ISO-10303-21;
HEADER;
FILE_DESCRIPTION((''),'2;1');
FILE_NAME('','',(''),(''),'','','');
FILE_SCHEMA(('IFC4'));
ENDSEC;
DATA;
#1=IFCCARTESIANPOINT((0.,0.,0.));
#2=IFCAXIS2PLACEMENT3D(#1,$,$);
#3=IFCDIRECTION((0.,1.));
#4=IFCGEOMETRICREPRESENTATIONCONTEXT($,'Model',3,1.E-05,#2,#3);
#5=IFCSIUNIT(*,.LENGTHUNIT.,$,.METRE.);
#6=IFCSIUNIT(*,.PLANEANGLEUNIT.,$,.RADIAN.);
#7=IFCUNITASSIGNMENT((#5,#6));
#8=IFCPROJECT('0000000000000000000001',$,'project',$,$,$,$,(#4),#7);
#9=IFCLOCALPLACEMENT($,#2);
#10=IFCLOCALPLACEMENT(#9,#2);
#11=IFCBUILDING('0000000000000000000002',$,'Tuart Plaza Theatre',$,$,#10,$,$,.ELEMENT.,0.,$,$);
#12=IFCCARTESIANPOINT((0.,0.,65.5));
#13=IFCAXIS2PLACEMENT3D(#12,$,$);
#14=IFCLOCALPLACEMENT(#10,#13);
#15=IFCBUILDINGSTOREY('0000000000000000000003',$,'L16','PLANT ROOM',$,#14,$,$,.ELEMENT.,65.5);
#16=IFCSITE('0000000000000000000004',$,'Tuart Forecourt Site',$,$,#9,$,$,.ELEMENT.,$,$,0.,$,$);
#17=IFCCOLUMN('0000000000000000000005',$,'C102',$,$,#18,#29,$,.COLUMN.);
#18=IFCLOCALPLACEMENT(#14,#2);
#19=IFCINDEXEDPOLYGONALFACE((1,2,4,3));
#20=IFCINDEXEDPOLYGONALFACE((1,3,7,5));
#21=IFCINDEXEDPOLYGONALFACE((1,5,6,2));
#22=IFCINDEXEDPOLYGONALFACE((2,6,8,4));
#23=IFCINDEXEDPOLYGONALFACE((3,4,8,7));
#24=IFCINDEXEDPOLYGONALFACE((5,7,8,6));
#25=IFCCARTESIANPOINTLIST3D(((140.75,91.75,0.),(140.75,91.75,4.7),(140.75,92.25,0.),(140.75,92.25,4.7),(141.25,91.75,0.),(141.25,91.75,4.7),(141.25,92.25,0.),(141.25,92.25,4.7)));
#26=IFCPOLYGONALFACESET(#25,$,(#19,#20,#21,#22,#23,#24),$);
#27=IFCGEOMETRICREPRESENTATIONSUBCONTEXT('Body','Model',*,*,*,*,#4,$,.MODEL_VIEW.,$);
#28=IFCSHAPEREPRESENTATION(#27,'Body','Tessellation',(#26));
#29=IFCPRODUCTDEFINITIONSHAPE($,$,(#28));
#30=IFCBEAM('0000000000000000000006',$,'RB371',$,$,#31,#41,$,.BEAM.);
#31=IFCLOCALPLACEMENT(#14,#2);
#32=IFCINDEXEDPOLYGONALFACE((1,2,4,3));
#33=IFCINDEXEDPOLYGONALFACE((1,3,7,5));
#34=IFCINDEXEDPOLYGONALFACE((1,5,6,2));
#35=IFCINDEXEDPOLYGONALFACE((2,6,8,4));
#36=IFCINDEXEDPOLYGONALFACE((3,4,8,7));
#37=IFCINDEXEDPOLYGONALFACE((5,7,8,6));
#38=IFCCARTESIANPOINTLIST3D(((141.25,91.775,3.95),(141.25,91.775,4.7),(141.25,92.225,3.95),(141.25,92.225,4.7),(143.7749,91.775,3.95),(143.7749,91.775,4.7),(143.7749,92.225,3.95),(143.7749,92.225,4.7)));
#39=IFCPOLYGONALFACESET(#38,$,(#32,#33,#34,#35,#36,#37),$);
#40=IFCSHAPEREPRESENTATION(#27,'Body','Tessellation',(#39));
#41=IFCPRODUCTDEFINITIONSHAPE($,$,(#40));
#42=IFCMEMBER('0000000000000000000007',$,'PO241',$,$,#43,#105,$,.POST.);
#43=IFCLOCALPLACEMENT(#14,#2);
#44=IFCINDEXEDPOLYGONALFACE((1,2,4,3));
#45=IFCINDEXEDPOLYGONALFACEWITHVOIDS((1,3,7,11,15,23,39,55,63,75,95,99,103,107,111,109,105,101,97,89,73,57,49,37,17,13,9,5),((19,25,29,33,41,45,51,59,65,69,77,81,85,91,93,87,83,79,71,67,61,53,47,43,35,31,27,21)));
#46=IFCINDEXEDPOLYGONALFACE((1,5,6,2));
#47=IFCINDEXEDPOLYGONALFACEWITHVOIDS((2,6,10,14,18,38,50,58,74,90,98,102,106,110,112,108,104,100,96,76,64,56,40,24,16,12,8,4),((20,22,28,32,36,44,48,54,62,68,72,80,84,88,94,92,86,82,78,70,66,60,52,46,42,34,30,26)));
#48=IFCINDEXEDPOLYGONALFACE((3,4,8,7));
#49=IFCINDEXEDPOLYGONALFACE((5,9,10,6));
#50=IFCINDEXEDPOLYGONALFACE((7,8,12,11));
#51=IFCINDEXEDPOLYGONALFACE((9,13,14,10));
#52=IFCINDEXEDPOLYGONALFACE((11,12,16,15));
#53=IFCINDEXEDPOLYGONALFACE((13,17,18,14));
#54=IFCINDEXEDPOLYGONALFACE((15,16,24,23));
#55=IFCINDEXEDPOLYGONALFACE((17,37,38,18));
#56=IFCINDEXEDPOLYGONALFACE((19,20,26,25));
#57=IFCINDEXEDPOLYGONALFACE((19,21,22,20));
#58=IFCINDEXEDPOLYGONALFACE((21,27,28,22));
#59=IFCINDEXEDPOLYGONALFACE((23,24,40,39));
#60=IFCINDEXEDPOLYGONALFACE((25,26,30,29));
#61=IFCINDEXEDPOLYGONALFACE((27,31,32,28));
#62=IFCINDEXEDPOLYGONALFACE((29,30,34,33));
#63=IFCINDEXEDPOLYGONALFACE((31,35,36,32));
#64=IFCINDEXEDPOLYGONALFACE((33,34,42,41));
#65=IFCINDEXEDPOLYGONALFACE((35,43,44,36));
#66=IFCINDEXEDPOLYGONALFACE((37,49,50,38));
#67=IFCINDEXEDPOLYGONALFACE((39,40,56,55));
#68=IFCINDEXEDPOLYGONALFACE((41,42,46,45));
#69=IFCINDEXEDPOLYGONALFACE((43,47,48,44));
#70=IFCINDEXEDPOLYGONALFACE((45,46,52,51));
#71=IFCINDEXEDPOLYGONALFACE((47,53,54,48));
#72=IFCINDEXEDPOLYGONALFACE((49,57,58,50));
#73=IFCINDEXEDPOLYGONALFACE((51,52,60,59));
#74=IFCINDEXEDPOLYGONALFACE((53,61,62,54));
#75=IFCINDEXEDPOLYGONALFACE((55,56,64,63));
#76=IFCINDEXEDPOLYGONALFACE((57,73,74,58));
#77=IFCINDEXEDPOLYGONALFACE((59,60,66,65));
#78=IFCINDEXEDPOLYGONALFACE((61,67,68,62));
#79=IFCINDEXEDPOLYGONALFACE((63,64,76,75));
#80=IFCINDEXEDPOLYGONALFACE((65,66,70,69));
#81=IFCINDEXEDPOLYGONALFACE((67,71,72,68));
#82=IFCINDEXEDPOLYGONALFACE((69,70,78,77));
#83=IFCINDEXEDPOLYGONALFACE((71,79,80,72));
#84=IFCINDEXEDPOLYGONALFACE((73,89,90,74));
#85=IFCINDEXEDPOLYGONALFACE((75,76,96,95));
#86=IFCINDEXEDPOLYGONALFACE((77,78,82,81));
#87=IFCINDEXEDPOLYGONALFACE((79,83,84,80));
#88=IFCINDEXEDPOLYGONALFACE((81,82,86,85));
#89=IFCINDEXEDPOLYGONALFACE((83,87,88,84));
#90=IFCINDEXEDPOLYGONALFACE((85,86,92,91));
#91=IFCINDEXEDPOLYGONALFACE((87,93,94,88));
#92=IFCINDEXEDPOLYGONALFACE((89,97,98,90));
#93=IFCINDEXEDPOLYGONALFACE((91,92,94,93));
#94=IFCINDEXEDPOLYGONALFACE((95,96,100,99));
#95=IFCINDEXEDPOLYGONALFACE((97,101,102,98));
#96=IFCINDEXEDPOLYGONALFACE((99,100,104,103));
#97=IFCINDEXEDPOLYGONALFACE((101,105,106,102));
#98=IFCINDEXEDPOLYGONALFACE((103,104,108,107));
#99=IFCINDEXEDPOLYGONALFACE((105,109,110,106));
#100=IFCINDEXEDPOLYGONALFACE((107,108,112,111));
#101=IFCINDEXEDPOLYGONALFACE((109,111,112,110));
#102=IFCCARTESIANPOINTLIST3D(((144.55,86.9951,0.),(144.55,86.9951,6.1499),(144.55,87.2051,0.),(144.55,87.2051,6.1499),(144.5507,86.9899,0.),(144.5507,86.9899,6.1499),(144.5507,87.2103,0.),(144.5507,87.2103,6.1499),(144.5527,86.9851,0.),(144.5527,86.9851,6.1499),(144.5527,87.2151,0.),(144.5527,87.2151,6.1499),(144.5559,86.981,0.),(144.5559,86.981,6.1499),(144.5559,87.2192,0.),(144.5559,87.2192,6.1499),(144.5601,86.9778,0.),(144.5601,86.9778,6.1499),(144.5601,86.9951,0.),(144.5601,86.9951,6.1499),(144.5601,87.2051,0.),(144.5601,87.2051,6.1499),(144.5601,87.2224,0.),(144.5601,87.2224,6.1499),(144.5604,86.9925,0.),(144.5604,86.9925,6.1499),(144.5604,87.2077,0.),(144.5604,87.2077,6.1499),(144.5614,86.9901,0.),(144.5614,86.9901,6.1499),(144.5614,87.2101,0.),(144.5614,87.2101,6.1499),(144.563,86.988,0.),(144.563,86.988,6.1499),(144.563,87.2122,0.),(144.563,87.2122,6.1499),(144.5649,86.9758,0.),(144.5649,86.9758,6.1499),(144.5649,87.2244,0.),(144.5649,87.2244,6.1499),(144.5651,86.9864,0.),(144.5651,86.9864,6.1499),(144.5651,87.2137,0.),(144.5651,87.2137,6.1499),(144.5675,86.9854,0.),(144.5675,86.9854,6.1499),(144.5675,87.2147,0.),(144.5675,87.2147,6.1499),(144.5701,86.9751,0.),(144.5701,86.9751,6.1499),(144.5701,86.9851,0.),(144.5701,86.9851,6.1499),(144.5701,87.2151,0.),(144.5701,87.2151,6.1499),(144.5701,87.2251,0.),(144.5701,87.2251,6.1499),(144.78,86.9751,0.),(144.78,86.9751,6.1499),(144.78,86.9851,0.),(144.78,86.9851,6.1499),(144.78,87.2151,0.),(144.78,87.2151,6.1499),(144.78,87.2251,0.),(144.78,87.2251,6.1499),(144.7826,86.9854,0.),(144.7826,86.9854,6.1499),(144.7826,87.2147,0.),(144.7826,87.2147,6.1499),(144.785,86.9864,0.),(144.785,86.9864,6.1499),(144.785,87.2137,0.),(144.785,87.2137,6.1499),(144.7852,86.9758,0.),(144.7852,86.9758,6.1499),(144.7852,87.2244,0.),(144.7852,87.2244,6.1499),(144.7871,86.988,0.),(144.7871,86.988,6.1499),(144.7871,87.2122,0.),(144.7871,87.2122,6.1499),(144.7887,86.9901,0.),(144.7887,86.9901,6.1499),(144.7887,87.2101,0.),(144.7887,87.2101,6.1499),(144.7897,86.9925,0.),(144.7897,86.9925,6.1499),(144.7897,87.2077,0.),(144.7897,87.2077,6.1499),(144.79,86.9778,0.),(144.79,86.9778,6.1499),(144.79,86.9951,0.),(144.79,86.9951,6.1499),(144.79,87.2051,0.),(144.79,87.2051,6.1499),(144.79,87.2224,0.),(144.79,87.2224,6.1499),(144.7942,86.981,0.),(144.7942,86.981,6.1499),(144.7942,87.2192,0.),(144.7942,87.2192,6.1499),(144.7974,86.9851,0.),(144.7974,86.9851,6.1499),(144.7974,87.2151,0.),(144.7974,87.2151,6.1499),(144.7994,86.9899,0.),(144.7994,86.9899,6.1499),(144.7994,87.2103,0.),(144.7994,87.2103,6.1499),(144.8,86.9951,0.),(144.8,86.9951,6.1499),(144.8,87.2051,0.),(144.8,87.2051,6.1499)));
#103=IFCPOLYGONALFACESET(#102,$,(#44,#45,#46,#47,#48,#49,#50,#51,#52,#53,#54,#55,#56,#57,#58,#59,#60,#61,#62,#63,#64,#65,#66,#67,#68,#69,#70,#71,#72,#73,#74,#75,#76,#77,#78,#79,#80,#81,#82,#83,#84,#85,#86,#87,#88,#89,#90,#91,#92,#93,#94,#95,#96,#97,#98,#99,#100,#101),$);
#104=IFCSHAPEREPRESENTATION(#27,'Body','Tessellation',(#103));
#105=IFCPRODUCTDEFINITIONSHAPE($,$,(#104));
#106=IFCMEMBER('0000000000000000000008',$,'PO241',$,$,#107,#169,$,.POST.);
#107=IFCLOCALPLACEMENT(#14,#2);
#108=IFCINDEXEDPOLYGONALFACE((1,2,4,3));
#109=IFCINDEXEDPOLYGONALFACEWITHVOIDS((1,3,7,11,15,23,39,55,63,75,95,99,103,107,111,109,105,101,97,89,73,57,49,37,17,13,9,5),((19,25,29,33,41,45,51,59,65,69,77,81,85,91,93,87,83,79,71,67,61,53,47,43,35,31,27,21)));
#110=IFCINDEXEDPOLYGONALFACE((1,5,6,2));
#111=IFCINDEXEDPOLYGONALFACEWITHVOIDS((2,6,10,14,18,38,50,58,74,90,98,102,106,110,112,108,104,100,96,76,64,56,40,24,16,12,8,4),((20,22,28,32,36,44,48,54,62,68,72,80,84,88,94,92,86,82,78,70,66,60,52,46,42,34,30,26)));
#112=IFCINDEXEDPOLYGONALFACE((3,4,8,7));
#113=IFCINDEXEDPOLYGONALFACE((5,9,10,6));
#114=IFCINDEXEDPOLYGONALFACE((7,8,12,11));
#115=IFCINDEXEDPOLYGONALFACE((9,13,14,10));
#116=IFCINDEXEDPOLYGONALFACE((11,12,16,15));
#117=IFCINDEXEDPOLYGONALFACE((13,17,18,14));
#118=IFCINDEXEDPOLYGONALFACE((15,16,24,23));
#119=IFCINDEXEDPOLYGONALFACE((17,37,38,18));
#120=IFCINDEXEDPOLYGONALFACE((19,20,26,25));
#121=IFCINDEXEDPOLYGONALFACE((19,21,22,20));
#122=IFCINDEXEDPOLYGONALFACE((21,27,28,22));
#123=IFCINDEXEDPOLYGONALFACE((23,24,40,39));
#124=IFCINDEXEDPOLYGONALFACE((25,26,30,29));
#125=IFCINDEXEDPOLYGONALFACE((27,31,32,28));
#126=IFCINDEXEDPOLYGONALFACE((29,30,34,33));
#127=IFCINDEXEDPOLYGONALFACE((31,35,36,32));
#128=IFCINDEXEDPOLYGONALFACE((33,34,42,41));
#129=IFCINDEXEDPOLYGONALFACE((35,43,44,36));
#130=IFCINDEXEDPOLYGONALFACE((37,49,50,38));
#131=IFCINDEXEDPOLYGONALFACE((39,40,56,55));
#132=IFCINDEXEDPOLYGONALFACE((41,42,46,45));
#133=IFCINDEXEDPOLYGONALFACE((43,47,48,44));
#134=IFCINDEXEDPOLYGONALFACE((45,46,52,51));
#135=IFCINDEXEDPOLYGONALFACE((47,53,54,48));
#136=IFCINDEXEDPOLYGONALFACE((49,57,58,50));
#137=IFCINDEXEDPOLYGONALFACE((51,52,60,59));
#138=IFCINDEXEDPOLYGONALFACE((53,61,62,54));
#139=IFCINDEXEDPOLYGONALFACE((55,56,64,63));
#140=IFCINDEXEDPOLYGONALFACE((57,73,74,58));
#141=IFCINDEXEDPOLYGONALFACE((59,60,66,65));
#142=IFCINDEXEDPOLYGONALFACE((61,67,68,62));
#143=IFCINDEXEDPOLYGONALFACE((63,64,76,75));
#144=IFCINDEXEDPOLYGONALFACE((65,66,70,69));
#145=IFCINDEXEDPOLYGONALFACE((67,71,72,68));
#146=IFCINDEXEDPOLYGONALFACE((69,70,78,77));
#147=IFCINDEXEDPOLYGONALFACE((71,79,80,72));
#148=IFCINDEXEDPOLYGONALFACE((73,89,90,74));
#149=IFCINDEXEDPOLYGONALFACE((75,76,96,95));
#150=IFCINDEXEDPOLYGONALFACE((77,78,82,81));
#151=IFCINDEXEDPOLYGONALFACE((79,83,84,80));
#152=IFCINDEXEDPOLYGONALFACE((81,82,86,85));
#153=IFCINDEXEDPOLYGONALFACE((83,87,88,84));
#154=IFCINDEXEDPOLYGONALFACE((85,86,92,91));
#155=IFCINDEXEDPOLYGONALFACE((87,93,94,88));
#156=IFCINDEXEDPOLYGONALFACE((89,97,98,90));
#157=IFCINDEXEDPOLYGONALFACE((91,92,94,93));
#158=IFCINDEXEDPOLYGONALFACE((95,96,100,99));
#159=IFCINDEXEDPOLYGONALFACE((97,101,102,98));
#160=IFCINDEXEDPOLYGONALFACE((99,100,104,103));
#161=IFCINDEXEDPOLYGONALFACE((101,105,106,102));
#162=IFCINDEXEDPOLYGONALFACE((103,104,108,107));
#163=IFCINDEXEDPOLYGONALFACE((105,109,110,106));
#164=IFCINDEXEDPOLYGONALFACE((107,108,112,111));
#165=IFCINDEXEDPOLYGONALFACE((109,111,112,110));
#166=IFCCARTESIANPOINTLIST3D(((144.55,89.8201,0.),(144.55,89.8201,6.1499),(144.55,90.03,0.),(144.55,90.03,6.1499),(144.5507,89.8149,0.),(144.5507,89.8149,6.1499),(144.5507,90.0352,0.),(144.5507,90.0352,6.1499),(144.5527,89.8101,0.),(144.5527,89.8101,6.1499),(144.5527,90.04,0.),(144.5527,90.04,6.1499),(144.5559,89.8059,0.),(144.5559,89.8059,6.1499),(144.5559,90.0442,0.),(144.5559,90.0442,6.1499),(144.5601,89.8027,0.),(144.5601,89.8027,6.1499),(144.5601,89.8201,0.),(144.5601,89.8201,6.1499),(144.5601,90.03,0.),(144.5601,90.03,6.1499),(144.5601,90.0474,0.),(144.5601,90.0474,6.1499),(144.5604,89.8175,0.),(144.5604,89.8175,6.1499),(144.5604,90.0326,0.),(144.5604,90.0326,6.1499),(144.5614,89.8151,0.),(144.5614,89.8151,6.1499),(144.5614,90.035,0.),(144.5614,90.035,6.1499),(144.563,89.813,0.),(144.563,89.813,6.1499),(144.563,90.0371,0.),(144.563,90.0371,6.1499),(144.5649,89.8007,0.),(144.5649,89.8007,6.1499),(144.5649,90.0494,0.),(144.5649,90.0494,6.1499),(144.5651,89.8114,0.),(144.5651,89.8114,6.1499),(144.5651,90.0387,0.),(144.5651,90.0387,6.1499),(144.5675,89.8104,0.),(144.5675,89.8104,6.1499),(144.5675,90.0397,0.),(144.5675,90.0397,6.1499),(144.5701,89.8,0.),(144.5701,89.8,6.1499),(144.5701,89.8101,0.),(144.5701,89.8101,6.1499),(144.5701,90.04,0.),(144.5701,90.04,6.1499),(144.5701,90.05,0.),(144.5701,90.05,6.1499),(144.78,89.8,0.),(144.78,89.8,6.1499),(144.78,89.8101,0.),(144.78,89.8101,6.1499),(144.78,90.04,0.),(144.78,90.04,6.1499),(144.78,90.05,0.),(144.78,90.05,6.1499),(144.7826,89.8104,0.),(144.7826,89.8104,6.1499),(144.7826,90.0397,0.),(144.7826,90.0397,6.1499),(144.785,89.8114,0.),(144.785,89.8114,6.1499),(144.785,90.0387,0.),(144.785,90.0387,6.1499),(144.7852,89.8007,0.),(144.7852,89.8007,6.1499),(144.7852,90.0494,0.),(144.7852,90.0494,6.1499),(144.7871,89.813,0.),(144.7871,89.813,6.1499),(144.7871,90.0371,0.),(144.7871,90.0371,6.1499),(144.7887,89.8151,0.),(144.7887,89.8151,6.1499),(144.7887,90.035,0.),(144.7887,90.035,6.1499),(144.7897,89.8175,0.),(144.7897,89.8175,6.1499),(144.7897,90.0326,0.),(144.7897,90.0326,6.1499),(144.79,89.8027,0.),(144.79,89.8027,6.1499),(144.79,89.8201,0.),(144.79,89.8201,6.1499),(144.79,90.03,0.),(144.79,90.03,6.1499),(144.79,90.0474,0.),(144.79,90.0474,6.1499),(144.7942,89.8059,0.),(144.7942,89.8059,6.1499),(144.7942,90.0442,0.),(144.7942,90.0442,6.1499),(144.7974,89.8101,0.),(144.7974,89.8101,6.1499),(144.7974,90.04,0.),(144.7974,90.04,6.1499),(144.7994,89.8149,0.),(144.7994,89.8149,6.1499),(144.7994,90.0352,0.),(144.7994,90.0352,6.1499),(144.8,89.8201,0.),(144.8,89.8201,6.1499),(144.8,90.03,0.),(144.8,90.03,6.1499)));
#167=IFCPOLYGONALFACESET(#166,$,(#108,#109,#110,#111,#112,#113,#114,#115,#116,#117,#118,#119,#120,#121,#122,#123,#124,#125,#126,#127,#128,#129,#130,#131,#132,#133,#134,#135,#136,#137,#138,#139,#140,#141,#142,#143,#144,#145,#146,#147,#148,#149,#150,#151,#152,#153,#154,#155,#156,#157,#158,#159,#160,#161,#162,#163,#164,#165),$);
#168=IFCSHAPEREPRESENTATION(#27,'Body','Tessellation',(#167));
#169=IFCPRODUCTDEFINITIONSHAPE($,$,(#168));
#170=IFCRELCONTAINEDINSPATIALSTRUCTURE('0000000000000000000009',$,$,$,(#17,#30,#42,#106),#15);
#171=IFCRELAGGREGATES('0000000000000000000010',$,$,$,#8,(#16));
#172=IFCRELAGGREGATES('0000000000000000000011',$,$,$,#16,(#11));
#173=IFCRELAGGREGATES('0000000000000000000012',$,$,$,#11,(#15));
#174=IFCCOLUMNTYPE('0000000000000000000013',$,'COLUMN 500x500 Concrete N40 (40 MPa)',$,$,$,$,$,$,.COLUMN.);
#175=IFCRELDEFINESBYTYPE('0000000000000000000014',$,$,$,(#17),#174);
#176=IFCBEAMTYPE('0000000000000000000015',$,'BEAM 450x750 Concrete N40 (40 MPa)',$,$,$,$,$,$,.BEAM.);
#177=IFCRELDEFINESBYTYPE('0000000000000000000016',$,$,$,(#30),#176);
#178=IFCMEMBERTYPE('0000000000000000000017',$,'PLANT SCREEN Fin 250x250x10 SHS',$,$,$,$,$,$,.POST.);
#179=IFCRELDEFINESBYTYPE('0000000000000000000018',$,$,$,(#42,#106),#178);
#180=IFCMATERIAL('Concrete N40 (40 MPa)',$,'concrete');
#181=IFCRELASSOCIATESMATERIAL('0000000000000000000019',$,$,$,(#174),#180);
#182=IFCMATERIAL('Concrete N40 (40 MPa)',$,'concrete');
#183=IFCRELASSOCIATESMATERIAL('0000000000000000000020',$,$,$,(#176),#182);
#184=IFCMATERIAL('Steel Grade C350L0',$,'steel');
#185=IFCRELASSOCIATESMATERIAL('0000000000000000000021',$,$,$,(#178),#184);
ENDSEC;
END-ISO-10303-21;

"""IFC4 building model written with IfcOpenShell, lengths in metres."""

from ifc_helpers import new_model, si_unit, direction, frame, origin, origin_2d, place, context, subcontext, project, spatial, rectangle, hollow_rectangle, extrude, material, material_profile, profile_set, type_object, element, save


model = new_model("IFC4")

# Units and contexts
model_context = context("Model", 3, precision=1e-05, world=origin(), true_north=direction((0.0, 1.0)))
body_context = subcontext(model_context, "Body", "Model", "MODEL_VIEW")
ifc_project = project(units=[si_unit("LENGTHUNIT", "METRE"), si_unit("PLANEANGLEUNIT", "RADIAN")], contexts=[model_context])

# Site, building, storey
site_placement = place(None, origin())
site = spatial("IfcSite", under=ifc_project, at=site_placement, Name="Tuart Forecourt Site", CompositionType="ELEMENT", RefElevation=0.0)
building_placement = place(site_placement, origin())
building = spatial("IfcBuilding", under=site, at=building_placement, Name="Tuart Plaza Theatre", CompositionType="ELEMENT", ElevationOfRefHeight=0.0)
storey_placement = place(building_placement, frame((0.0, 0.0, 65.5)))
storey = spatial("IfcBuildingStorey", under=building, at=storey_placement, Name="L16", Description="PLANT ROOM", CompositionType="ELEMENT", Elevation=65.5)

# Column
ifc_material_1 = material(Name="Concrete N40 (40 MPa)", Category="concrete")
ifc_material_profile_1 = material_profile(ifc_material_1, rectangle(XDim=0.5, YDim=0.5, at=origin_2d()), Name="COLUMN 500x500 Concrete N40 (40 MPa)")
ifc_profile_set_1 = profile_set([ifc_material_profile_1], Name="Concrete N40 (40 MPa)")
column_type = type_object("IfcColumnType", Name="COLUMN 500x500 Concrete N40 (40 MPa)", PredefinedType="COLUMN", material=ifc_profile_set_1)
column_placement = place(storey_placement, frame((141.0, 92.0, 0.0), z_axis=(0.0, 0.0, 1.0), x_axis=(1.0, 0.0, 0.0)))
element("IfcColumn", 1, at=column_placement, inside=storey, type_object=column_type, Name="C102", PredefinedType="COLUMN", context=body_context, shape_type="SweptSolid", body=[
    extrude(rectangle(XDim=0.5, YDim=0.5, at=origin_2d()), origin(), (0.0, 0.0, 1.0), 4.7),
])

# Beam
ifc_material_2 = material(Name="Concrete N40 (40 MPa)", Category="concrete")
ifc_material_profile_2 = material_profile(ifc_material_2, rectangle(XDim=0.45, YDim=0.75, at=origin_2d()), Name="BEAM 450x750 Concrete N40 (40 MPa)")
ifc_profile_set_2 = profile_set([ifc_material_profile_2], Name="Concrete N40 (40 MPa)")
beam_type = type_object("IfcBeamType", Name="BEAM 450x750 Concrete N40 (40 MPa)", PredefinedType="BEAM", material=ifc_profile_set_2)
beam_placement = place(storey_placement, frame((141.25, 92.0, 4.325), z_axis=(1.0, 0.0, 0.0), x_axis=(0.0, 1.0, 0.0)))
element("IfcBeam", 2, at=beam_placement, inside=storey, type_object=beam_type, Name="RB371", PredefinedType="BEAM", context=body_context, shape_type="SweptSolid", body=[
    extrude(rectangle(XDim=0.45, YDim=0.75, at=origin_2d()), origin(), (0.0, 0.0, 1.0), 2.5249),
])

# Members
ifc_material_3 = material(Name="Steel Grade C350L0", Category="steel")
ifc_material_profile_3 = material_profile(ifc_material_3, hollow_rectangle(XDim=0.25, YDim=0.25, WallThickness=0.01, InnerFilletRadius=0.01, OuterFilletRadius=0.02, at=origin_2d()), Name="250x250x10 SHS")
ifc_profile_set_3 = profile_set([ifc_material_profile_3], Name="Steel Grade C350L0")
member_type = type_object("IfcMemberType", Name="PLANT SCREEN Fin 250x250x10 SHS", PredefinedType="POST", material=ifc_profile_set_3)
for number, where, z_axis, x_axis, name in (
    (3, (144.675, 87.1001, 0.0), (0.0, 0.0, 1.0), (1.0, 0.0, 0.0), "PO241"),
    (4, (144.675, 89.925, 0.0), (0.0, 0.0, 1.0), (1.0, 0.0, 0.0), "PO241"),
):
    element("IfcMember", number, at=place(storey_placement, frame(where, z_axis=z_axis, x_axis=x_axis)), inside=storey, type_object=member_type, Name=name, PredefinedType="POST", context=body_context, shape_type="SweptSolid", body=[
        extrude(hollow_rectangle(XDim=0.25, YDim=0.25, WallThickness=0.01, InnerFilletRadius=0.01, OuterFilletRadius=0.02, at=origin_2d()), origin(), (0.0, 0.0, 1.0), 6.1499),
    ])

save(model, "model.ifc")
